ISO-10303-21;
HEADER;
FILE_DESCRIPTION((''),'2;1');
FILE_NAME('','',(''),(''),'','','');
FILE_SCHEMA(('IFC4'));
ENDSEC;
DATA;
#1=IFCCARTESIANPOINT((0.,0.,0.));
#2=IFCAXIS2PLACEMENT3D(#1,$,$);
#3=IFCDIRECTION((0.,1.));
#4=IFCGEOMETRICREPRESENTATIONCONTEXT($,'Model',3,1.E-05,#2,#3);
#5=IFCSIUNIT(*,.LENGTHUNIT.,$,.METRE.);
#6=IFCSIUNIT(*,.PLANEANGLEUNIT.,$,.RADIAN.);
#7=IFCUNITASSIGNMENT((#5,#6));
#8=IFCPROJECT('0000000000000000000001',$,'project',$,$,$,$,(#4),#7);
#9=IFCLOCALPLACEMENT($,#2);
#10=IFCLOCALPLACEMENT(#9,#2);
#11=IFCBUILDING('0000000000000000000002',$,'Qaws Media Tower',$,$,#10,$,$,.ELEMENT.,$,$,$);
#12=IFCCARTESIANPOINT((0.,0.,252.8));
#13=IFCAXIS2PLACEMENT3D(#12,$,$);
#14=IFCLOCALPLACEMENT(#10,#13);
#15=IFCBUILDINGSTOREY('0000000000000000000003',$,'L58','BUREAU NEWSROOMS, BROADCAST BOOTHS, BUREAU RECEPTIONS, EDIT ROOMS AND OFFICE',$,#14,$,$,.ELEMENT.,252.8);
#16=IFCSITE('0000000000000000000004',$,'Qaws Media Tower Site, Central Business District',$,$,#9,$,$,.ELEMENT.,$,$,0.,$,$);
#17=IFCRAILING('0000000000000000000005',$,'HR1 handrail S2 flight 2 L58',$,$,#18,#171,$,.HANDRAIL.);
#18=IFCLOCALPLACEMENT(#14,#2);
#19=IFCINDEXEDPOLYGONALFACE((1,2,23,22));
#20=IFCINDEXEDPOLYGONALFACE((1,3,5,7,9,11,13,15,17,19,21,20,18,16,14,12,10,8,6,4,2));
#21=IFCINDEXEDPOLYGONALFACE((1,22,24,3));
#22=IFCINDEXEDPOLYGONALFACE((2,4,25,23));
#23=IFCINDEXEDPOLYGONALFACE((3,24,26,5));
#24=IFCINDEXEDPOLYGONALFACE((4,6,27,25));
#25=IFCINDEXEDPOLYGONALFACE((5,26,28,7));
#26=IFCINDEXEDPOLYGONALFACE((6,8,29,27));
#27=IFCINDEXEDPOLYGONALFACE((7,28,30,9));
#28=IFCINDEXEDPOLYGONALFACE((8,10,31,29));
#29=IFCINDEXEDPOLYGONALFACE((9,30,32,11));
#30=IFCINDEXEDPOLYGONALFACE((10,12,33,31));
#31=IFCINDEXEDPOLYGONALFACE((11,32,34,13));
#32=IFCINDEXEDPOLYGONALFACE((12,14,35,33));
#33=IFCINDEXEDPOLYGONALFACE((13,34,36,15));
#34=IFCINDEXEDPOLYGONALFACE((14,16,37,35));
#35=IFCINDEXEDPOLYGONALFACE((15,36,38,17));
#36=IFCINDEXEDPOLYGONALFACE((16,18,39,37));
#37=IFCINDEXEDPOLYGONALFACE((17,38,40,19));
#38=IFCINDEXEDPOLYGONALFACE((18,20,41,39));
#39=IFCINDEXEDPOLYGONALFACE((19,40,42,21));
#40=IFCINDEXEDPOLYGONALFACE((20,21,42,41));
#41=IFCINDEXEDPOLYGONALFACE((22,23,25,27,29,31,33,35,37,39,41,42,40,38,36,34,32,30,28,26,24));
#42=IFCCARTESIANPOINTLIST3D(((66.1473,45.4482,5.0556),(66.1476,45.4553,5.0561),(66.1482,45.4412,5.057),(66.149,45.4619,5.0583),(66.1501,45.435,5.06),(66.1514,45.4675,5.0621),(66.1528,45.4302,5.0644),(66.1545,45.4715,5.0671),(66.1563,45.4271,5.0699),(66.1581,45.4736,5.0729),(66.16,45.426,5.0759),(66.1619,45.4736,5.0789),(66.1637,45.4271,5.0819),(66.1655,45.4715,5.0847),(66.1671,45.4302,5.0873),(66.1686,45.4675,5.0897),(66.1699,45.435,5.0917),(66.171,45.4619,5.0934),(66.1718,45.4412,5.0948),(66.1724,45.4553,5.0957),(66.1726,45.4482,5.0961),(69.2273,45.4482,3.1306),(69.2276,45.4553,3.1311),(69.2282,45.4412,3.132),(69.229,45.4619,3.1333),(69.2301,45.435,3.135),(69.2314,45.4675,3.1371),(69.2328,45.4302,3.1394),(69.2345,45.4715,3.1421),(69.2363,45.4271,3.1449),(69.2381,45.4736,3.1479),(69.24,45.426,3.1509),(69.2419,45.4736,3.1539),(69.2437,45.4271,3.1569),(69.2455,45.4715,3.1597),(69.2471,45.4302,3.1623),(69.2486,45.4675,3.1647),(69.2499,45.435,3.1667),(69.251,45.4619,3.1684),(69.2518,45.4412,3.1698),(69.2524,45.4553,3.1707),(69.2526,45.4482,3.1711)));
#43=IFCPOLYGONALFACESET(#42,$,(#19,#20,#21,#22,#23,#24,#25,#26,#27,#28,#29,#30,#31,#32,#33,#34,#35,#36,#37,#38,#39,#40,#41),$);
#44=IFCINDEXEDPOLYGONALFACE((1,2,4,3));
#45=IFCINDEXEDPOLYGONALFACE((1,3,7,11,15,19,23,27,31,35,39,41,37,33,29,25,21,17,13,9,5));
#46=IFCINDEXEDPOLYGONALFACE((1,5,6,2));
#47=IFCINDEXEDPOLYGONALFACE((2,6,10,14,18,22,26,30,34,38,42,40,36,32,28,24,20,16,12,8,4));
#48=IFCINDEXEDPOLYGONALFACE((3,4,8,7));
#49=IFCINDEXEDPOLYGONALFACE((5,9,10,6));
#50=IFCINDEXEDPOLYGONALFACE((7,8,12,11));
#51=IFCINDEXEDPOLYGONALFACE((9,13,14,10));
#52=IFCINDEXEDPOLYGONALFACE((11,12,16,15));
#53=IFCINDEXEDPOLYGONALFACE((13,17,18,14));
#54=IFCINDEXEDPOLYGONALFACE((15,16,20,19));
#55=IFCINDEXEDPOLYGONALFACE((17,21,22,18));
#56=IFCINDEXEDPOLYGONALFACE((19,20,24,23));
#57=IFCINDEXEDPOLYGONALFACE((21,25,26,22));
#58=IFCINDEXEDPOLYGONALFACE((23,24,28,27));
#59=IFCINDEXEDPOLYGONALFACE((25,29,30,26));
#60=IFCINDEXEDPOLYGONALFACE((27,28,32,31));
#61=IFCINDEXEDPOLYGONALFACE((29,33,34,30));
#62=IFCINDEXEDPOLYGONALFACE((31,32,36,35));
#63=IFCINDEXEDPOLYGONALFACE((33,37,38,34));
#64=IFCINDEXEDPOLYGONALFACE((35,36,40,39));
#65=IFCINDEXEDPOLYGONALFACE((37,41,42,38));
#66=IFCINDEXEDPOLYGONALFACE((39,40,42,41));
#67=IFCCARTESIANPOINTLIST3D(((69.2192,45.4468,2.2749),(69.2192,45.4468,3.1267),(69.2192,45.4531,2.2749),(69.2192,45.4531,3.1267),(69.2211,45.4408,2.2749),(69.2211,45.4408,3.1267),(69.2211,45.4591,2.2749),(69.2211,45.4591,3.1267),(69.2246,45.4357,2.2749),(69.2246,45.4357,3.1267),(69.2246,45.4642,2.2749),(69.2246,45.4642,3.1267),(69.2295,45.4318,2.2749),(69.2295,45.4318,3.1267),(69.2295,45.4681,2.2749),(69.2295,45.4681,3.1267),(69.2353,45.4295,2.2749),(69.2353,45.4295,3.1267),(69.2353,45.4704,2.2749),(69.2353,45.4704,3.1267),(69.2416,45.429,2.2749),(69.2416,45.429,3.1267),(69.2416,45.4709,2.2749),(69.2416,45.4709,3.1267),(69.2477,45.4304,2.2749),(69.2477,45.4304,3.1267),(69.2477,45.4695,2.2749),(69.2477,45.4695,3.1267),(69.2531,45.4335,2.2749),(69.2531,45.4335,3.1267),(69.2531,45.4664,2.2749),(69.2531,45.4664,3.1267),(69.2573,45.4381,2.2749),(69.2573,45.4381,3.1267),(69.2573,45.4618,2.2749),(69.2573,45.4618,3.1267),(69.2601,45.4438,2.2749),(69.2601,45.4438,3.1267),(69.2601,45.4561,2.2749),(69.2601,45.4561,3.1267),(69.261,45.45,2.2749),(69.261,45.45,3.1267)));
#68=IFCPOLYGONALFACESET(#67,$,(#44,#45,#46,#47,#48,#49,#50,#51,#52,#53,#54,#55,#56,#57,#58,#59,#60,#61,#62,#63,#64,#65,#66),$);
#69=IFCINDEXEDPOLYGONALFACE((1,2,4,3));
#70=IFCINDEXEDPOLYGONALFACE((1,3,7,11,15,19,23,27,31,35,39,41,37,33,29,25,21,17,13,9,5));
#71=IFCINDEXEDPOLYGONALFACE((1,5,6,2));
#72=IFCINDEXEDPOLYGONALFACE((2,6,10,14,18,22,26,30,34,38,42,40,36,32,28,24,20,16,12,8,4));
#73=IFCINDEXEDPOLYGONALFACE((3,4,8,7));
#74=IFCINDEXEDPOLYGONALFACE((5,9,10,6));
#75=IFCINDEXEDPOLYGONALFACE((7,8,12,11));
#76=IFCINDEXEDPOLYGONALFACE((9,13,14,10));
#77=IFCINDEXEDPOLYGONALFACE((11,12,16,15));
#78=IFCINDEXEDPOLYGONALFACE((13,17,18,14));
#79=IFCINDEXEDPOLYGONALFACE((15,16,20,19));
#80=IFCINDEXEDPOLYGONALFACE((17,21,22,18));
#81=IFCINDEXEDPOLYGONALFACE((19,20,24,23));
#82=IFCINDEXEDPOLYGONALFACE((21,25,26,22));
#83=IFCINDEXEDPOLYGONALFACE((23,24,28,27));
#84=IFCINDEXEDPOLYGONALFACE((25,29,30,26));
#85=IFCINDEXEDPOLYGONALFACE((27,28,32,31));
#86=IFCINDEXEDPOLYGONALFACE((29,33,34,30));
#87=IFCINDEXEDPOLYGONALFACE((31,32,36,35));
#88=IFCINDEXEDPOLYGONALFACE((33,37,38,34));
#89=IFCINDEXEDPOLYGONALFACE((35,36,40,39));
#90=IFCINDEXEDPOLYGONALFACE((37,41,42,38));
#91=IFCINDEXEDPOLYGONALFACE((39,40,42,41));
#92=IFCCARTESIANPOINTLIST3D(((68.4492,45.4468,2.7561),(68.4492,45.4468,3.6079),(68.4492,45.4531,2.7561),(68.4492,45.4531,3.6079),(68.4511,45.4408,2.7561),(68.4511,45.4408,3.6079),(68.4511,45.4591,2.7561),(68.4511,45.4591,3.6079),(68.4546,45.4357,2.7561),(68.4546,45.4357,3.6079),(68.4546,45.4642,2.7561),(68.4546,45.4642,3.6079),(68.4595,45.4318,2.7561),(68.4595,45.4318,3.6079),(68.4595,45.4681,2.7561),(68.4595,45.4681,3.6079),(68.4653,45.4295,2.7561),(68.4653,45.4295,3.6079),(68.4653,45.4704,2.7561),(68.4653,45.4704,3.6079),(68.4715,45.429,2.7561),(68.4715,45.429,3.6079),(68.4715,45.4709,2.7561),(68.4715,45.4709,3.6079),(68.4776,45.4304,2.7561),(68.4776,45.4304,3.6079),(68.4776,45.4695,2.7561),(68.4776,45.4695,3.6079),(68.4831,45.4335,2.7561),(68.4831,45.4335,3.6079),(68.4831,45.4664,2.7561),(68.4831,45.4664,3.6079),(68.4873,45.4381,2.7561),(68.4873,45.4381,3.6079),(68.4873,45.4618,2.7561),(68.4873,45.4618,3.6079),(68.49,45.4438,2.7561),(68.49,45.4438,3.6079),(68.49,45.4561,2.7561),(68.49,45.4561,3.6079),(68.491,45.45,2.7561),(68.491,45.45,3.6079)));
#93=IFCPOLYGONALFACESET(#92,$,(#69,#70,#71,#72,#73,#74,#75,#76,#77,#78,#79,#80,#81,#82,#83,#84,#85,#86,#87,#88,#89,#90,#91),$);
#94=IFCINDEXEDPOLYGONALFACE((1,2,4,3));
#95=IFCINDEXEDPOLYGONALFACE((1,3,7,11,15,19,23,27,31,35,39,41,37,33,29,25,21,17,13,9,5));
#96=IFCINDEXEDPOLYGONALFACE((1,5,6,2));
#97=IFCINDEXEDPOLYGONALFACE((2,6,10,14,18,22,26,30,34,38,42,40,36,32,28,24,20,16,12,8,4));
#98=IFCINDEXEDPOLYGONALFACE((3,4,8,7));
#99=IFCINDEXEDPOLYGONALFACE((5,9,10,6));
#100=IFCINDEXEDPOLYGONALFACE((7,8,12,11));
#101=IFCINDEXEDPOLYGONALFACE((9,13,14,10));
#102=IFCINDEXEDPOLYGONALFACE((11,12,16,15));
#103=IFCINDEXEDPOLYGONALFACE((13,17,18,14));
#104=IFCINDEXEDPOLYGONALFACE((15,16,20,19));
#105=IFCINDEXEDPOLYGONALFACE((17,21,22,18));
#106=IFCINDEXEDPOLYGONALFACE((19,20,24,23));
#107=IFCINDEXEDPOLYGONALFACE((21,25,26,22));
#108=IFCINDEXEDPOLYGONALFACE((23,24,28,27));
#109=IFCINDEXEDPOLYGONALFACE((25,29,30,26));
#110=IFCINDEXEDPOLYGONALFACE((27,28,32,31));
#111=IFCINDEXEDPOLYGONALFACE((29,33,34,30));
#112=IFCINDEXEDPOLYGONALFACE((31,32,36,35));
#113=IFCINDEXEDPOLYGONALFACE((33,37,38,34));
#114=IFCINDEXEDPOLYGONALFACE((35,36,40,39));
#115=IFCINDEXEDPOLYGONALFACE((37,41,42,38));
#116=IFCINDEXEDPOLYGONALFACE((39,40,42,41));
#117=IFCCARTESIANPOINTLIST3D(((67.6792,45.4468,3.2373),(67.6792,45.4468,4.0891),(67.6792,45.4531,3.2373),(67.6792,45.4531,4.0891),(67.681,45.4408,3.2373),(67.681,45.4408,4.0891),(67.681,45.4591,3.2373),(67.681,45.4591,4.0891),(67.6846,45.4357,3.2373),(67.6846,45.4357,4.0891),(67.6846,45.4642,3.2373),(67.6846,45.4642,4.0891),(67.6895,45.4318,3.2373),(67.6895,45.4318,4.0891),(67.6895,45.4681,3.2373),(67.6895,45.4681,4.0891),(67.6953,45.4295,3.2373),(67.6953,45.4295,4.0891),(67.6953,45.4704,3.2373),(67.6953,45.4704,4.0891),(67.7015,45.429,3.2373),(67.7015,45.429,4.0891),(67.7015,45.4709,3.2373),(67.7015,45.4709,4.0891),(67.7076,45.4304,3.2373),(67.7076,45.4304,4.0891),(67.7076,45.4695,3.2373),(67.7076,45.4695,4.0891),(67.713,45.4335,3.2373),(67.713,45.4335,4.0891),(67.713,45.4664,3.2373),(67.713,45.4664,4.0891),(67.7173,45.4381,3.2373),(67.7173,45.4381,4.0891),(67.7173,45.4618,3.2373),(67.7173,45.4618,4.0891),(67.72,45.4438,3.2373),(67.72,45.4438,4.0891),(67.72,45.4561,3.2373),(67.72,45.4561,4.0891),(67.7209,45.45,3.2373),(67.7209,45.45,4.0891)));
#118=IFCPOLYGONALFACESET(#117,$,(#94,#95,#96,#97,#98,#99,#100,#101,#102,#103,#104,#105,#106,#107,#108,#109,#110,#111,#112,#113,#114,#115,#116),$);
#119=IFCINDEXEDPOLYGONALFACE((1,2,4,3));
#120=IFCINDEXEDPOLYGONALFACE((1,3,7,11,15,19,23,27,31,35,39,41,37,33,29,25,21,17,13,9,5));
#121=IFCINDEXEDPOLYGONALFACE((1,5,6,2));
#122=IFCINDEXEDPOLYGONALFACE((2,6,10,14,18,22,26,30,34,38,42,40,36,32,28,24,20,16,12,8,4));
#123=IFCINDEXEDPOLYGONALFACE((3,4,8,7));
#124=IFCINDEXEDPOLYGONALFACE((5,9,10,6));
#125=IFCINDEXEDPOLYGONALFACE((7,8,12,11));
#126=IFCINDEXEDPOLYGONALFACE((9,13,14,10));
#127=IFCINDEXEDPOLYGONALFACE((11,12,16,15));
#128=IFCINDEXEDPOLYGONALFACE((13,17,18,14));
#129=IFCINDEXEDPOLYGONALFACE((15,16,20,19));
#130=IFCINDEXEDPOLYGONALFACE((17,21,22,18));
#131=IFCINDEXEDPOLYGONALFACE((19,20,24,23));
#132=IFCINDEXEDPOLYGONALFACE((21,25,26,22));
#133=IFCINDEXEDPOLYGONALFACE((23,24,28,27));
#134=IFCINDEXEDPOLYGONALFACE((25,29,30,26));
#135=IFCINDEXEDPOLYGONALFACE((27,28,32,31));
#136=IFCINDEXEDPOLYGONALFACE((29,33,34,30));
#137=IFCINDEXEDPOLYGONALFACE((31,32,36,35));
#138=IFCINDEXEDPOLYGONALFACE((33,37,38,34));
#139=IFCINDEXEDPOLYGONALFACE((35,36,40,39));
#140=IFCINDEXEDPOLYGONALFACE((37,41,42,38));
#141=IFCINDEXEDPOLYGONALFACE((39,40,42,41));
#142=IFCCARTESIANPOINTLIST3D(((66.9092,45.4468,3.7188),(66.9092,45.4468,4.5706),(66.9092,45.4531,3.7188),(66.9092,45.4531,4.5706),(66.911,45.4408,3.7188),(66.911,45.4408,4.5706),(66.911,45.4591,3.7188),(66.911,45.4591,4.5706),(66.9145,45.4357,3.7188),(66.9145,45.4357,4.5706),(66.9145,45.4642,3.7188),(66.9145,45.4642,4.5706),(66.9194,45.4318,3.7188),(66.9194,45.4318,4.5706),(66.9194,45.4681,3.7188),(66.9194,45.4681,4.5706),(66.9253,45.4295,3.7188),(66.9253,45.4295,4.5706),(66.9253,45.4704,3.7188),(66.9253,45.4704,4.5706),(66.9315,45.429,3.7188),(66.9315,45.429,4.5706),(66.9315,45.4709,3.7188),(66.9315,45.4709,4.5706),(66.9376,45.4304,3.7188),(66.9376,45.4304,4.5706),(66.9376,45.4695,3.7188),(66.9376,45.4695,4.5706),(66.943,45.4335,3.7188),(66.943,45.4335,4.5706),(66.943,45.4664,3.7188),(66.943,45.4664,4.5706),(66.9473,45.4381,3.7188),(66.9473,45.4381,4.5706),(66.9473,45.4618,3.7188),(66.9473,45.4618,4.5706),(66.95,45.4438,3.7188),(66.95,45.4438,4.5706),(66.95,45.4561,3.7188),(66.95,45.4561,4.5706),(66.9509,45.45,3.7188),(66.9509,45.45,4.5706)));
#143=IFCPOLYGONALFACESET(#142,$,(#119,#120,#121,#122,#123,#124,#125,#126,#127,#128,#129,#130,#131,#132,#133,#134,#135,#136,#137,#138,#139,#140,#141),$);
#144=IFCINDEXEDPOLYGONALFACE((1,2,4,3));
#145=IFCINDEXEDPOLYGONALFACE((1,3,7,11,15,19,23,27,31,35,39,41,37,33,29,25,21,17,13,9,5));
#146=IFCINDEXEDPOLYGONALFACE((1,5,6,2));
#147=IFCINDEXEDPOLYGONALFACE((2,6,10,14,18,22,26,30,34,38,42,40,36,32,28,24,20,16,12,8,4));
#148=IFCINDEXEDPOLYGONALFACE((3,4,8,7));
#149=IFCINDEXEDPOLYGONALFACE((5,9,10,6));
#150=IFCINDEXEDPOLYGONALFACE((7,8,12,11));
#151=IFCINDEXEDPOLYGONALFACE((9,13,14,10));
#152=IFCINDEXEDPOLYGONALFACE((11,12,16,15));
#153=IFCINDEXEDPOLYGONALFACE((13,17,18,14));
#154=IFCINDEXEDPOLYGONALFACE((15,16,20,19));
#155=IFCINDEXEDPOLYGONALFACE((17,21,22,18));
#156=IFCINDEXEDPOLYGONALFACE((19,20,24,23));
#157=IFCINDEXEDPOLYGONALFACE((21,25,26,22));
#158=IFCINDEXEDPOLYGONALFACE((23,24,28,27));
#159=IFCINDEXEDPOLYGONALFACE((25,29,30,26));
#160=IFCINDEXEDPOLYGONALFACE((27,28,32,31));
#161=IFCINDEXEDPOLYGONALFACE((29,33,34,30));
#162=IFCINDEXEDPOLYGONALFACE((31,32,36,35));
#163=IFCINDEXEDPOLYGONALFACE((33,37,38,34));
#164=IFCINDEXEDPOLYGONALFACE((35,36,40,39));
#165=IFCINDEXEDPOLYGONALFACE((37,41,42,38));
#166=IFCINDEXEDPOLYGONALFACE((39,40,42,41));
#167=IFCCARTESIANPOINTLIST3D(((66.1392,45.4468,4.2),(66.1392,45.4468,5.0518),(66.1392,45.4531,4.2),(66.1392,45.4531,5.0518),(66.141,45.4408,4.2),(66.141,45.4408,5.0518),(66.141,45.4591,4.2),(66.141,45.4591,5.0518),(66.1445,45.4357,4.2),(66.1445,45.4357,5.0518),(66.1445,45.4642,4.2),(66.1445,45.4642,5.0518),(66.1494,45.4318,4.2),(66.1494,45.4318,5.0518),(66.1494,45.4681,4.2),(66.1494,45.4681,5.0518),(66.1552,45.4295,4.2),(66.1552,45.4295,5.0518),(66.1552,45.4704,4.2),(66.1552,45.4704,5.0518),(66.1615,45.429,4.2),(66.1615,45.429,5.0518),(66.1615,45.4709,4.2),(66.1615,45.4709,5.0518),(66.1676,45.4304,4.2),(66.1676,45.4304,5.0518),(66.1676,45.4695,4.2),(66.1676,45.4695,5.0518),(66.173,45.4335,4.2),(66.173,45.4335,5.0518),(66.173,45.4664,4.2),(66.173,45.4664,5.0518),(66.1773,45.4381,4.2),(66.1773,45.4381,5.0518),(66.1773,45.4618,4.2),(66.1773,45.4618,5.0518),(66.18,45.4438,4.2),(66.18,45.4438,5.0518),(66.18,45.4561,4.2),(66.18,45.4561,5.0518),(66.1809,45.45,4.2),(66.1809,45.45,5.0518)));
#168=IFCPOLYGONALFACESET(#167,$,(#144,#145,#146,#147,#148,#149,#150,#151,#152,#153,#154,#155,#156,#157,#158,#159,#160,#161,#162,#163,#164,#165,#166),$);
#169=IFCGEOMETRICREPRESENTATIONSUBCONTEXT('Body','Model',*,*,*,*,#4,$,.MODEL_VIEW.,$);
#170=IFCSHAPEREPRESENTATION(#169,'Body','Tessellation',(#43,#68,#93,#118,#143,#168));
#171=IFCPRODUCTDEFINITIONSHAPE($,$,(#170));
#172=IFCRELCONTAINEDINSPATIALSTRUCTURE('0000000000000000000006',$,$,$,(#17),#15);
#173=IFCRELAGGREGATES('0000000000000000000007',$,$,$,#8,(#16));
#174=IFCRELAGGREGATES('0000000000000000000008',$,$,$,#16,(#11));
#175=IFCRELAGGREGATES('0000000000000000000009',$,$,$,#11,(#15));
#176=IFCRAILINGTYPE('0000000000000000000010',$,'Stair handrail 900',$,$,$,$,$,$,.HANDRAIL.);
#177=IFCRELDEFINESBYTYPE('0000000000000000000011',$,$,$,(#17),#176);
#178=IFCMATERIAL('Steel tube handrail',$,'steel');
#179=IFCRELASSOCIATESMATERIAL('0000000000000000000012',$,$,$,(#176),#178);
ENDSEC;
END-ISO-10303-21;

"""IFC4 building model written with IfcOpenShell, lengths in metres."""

from ifc_helpers import new_model, si_unit, direction, frame, origin, origin_2d, place, context, subcontext, project, spatial, circle, extrude, material, type_object, element, save


model = new_model("IFC4")

# Units and contexts
model_context = context("Model", 3, precision=1e-05, world=origin(), true_north=direction((0.0, 1.0)))
body_context = subcontext(model_context, "Body", "Model", "MODEL_VIEW")
ifc_project = project(units=[si_unit("LENGTHUNIT", "METRE"), si_unit("PLANEANGLEUNIT", "RADIAN")], contexts=[model_context])

# Site, building, storey
site_placement = place(None, origin())
site = spatial("IfcSite", under=ifc_project, at=site_placement, Name="Qaws Media Tower Site, Central Business District", CompositionType="ELEMENT", RefElevation=0.0)
building_placement = place(site_placement, origin())
building = spatial("IfcBuilding", under=site, at=building_placement, Name="Qaws Media Tower", CompositionType="ELEMENT")
storey_placement = place(building_placement, frame((0.0, 0.0, 252.8)))
storey = spatial("IfcBuildingStorey", under=building, at=storey_placement, Name="L58", Description="BUREAU NEWSROOMS, BROADCAST BOOTHS, BUREAU RECEPTIONS, EDIT ROOMS AND OFFICE", CompositionType="ELEMENT", Elevation=252.8)

# Railing
ifc_material_1 = material(Name="Steel tube handrail", Category="steel")
railing_type = type_object("IfcRailingType", Name="Stair handrail 900", PredefinedType="HANDRAIL", material=ifc_material_1)
for number, where, name in (
    (1, (69.24, 45.45, 2.2749), "HR1 handrail S2 flight 2 L58"),
):
    element("IfcRailing", number, at=place(storey_placement, frame(where)), inside=storey, type_object=railing_type, Name=name, PredefinedType="HANDRAIL", context=body_context, shape_type="SweptSolid", body=[
        extrude(circle(Radius=0.0239, at=origin_2d()), frame((0.0, 0.0, 0.876), z_axis=(-0.847998, 0.0, 0.529999), x_axis=(0.0, -1.0, 0.0)), (0.0, 0.0, 1.0), 3.6321),
        extrude(circle(Radius=0.021, at=origin_2d()), origin(), (0.0, 0.0, 1.0), 0.8518),
        extrude(circle(Radius=0.021, at=origin_2d()), frame((-0.77, 0.0, 0.4812)), (0.0, 0.0, 1.0), 0.8518),
        extrude(circle(Radius=0.021, at=origin_2d()), frame((-1.54, 0.0, 0.9624)), (0.0, 0.0, 1.0), 0.8518),
        extrude(circle(Radius=0.021, at=origin_2d()), frame((-2.3101, 0.0, 1.4438)), (0.0, 0.0, 1.0), 0.8518),
        extrude(circle(Radius=0.021, at=origin_2d()), frame((-3.0801, 0.0, 1.925)), (0.0, 0.0, 1.0), 0.8518),
    ])

save(model, "model.ifc")
